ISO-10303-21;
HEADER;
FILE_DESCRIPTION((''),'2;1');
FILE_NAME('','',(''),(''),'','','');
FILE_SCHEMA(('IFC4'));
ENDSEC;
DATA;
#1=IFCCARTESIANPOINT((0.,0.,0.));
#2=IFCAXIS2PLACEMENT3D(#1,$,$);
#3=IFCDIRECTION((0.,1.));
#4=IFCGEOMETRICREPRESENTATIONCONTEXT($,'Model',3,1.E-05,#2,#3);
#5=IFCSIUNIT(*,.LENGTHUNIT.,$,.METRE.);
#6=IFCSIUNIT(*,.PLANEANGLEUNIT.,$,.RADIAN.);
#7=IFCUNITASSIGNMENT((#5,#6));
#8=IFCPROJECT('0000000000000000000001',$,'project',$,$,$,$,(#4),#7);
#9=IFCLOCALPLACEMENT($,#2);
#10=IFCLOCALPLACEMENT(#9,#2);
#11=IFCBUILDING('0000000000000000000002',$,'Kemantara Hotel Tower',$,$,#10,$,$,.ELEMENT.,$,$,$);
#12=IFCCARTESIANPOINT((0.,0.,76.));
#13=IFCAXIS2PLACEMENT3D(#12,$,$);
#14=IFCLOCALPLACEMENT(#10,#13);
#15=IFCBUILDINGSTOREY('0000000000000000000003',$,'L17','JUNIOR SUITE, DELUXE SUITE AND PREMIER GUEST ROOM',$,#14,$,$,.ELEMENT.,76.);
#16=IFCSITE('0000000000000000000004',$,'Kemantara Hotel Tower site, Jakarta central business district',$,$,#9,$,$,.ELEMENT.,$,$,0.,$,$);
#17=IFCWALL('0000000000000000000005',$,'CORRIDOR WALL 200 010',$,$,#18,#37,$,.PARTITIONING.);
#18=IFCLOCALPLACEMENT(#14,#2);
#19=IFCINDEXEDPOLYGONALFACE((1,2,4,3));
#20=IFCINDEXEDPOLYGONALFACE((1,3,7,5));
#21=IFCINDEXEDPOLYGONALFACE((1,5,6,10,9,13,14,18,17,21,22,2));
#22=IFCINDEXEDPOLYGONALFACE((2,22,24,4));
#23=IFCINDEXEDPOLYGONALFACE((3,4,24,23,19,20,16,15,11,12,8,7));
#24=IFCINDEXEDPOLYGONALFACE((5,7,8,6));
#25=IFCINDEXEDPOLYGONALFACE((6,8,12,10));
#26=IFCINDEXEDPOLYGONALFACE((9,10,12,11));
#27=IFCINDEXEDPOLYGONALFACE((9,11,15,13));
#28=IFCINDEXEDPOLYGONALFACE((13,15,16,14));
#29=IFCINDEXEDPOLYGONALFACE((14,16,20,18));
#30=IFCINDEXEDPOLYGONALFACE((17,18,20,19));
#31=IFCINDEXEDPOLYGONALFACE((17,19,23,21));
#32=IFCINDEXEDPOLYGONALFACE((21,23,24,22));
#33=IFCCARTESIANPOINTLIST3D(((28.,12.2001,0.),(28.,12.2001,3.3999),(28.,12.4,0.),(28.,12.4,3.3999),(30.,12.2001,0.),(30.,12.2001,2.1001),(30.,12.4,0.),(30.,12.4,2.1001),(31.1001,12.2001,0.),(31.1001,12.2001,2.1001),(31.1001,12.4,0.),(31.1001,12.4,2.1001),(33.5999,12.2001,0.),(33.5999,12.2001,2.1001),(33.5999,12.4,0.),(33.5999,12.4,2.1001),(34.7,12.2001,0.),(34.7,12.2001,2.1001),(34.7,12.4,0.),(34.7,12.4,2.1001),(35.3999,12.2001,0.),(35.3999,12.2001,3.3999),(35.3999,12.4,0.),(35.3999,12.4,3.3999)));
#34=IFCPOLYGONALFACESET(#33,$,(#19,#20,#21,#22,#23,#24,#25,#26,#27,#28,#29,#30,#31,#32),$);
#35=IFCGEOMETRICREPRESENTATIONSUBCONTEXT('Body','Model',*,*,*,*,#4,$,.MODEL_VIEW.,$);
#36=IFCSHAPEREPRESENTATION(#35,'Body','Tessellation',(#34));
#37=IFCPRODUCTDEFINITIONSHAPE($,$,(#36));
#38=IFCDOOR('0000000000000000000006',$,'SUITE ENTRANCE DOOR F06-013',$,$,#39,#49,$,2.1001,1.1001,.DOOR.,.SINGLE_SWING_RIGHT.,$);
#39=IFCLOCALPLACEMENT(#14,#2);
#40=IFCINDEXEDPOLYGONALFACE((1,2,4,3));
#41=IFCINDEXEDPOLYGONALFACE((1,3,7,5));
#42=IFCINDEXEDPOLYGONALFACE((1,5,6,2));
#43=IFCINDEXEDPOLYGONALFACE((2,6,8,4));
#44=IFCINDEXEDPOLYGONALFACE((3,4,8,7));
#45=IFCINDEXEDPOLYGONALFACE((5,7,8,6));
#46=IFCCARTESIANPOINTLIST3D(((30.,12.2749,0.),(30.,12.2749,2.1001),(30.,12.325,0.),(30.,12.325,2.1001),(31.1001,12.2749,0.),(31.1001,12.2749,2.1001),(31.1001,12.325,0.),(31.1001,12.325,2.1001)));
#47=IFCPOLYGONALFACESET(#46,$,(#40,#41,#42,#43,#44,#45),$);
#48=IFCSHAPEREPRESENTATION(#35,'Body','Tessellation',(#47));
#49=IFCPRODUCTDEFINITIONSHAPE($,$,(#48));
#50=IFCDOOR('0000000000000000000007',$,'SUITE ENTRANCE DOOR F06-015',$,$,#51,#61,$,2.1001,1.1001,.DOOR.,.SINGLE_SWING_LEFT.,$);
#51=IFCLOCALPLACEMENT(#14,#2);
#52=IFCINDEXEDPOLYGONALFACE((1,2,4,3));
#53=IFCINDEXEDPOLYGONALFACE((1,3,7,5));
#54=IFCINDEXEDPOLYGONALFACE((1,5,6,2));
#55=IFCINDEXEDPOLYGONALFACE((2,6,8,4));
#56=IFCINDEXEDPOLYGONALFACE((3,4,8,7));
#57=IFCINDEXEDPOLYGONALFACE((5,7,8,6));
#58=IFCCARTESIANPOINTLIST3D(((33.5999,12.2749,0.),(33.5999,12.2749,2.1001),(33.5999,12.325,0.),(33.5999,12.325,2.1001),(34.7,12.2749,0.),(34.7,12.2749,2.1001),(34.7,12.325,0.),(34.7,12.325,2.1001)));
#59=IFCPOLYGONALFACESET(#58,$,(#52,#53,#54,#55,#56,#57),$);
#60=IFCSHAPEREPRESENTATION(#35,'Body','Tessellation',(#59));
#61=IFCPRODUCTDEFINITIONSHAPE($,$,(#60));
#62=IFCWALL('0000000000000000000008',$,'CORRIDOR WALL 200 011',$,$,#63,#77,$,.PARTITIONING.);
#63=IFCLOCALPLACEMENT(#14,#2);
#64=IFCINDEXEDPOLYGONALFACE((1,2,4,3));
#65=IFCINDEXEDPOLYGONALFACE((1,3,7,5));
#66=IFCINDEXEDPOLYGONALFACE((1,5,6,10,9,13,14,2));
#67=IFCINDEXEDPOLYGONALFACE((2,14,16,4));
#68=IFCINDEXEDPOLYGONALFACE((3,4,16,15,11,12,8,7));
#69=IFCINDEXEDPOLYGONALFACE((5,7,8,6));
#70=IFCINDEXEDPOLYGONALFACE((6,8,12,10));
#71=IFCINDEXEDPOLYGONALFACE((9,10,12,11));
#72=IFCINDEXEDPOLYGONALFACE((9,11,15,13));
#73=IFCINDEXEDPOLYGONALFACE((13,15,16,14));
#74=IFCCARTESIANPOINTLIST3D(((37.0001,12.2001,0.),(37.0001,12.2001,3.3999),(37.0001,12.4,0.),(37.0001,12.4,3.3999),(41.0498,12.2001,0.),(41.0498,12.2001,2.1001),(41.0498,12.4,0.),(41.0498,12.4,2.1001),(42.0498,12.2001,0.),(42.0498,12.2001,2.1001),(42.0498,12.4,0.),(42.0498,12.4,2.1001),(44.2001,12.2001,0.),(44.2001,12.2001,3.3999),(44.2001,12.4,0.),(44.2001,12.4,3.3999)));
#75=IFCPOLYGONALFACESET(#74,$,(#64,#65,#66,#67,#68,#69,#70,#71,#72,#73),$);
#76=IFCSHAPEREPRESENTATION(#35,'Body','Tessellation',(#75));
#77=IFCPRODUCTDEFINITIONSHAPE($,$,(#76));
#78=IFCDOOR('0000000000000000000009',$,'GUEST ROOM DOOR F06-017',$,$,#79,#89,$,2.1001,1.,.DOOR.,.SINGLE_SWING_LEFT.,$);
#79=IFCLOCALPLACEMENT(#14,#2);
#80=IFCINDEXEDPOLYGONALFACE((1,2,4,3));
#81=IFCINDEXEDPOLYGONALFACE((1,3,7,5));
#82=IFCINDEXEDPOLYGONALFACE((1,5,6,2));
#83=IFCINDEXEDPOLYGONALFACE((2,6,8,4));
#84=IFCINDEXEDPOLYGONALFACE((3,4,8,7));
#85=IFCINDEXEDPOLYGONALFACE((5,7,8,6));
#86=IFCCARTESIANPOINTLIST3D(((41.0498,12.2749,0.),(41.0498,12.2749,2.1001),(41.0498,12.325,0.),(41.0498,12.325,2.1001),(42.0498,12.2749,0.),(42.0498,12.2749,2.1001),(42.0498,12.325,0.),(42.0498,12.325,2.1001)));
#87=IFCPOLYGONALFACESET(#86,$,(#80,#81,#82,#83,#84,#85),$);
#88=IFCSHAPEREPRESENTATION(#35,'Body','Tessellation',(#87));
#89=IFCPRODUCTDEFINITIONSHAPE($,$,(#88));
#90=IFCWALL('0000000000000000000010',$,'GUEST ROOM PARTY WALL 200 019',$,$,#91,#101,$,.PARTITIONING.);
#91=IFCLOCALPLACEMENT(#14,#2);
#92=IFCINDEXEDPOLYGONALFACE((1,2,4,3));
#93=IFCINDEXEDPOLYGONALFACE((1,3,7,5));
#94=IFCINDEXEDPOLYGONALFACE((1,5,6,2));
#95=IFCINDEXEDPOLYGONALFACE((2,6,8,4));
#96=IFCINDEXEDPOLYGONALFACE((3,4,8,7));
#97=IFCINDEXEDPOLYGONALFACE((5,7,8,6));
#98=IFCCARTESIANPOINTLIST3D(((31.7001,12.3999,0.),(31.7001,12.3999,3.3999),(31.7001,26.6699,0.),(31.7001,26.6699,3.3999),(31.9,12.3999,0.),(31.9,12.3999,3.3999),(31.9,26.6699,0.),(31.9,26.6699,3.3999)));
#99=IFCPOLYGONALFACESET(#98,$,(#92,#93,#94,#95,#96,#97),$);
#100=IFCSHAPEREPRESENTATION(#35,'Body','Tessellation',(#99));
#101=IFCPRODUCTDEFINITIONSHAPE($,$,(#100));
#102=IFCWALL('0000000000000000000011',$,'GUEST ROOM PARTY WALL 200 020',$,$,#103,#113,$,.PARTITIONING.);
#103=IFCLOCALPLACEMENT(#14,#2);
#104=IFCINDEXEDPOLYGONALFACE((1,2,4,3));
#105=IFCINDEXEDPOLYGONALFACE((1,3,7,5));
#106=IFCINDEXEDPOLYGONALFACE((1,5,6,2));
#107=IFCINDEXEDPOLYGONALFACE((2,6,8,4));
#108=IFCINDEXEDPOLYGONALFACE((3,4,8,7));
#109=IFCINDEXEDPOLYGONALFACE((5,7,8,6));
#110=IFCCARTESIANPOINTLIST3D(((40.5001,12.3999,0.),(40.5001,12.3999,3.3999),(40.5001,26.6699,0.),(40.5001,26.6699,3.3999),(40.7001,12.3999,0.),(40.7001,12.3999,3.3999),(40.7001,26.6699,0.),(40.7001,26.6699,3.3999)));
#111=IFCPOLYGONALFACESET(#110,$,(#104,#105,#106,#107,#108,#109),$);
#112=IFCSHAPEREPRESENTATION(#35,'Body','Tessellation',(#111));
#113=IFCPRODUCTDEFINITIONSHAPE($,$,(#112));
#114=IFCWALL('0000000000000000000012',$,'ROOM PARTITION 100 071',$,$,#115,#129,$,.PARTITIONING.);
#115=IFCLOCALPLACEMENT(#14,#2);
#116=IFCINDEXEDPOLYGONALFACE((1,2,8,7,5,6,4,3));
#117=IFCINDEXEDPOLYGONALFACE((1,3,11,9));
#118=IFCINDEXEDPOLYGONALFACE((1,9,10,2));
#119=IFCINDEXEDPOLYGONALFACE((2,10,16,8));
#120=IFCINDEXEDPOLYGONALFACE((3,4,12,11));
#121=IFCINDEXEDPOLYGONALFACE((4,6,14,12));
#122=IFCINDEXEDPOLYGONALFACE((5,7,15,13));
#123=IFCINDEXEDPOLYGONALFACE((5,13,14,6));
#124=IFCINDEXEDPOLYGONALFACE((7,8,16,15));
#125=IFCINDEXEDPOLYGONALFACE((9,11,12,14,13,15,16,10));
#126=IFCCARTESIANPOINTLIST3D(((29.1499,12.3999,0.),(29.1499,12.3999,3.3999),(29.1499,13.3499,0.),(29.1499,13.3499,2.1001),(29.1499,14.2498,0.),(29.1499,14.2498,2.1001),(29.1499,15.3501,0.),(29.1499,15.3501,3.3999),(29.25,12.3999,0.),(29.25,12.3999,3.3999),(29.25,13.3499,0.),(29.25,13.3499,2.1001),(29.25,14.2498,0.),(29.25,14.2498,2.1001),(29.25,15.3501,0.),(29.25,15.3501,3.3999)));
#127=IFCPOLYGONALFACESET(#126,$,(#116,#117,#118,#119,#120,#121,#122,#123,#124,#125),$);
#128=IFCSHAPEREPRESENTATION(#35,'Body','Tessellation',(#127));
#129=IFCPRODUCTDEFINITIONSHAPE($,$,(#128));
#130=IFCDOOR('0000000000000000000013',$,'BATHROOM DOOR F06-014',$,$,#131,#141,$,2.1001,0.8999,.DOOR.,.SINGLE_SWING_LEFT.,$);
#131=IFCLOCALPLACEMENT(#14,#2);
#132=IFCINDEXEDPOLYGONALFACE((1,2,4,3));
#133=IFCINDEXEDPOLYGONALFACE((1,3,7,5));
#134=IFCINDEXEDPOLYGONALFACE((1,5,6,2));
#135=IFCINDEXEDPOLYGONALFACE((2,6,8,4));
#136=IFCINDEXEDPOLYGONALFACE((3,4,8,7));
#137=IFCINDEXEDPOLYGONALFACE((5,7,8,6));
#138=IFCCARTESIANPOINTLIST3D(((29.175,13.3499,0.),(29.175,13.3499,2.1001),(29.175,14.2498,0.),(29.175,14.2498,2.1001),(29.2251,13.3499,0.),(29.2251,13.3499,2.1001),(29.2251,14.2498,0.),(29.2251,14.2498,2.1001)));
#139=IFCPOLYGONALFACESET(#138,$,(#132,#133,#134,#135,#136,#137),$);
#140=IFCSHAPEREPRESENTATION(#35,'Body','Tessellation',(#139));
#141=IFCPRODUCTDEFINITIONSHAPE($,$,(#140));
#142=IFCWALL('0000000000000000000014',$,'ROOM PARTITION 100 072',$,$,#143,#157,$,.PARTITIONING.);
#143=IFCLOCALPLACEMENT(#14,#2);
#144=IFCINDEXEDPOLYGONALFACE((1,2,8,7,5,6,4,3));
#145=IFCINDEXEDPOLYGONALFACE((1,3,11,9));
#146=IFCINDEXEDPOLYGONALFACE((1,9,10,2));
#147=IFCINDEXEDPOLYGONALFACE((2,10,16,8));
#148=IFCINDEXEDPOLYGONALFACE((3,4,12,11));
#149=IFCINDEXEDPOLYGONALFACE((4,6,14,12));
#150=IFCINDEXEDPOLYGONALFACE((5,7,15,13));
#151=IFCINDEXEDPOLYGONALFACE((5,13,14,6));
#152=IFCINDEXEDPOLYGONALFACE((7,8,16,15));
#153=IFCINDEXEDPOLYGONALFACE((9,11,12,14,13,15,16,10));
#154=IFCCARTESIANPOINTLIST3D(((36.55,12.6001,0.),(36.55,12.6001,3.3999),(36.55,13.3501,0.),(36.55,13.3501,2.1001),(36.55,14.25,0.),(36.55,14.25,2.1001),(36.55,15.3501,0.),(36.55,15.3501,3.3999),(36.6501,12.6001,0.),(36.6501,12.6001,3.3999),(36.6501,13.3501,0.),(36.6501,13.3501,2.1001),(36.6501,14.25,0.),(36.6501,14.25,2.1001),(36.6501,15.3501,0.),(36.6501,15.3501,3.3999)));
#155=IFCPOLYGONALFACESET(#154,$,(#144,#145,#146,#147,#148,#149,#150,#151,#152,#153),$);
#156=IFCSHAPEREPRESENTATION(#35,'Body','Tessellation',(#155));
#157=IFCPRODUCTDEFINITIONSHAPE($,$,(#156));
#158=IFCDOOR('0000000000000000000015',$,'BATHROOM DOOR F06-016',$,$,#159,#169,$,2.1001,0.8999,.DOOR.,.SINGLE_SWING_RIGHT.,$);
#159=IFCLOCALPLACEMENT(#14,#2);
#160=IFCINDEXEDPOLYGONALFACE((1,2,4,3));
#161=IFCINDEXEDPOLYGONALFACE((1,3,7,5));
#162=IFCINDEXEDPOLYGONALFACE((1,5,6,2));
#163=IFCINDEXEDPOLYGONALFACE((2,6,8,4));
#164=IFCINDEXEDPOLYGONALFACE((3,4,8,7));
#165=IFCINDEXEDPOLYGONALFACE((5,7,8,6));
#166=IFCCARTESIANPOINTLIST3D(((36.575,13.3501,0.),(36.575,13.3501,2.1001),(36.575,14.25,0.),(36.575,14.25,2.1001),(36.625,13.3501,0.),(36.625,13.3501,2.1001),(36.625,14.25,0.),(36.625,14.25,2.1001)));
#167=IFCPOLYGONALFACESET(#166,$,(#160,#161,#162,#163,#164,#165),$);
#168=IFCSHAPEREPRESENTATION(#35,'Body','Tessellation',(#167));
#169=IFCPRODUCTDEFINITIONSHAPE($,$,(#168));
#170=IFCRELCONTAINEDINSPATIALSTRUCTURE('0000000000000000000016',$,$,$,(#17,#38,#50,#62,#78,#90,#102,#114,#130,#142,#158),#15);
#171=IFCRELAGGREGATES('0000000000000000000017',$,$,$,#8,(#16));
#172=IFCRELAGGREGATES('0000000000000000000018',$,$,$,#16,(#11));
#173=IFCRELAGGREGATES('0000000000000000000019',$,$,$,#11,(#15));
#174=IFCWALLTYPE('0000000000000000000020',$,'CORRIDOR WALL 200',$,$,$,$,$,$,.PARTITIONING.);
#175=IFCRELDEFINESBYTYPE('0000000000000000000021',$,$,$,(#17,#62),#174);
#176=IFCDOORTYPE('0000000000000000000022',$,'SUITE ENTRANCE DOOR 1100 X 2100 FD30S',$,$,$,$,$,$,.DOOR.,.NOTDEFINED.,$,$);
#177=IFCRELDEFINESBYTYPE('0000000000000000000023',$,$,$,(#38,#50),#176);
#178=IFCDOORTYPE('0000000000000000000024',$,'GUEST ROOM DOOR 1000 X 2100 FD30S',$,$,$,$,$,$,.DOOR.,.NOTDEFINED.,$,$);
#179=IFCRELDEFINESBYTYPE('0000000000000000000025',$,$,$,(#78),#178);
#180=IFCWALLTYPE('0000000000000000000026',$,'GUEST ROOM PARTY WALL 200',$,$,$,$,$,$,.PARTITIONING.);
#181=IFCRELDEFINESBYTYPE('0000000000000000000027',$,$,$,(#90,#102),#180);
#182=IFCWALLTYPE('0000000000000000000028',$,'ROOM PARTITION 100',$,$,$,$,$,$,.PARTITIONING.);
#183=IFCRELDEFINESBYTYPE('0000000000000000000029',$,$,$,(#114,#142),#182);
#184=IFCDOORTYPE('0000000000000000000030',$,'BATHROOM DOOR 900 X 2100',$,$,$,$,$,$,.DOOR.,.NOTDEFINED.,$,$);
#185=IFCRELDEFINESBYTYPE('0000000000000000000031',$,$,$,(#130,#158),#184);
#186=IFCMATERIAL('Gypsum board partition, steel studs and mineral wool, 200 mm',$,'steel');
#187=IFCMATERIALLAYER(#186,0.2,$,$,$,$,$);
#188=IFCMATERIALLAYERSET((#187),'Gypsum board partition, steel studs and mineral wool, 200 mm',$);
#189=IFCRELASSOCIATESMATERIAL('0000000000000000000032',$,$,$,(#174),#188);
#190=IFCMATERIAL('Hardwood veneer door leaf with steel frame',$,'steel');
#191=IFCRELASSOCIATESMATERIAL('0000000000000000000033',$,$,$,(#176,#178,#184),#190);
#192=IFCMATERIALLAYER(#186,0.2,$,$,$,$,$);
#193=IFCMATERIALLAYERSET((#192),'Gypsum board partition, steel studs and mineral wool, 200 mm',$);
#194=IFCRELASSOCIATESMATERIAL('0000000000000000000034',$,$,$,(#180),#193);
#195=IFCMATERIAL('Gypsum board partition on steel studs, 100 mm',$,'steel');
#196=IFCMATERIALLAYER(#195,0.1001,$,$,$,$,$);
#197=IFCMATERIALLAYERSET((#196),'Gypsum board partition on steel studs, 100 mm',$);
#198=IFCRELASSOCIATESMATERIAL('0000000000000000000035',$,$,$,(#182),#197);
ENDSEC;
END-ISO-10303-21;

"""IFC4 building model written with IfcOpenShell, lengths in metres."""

from ifc_helpers import new_model, si_unit, direction, frame, frame_2d, origin, place, context, subcontext, project, spatial, rectangle, extrude, material, layer, layer_set, type_object, element, fill, save


model = new_model("IFC4")

# Units and contexts
model_context = context("Model", 3, precision=1e-05, world=origin(), true_north=direction((0.0, 1.0)))
body_context = subcontext(model_context, "Body", "Model", "MODEL_VIEW")
ifc_project = project(units=[si_unit("LENGTHUNIT", "METRE"), si_unit("PLANEANGLEUNIT", "RADIAN")], contexts=[model_context])

# Site, building, storey
site_placement = place(None, origin())
site = spatial("IfcSite", under=ifc_project, at=site_placement, Name="Kemantara Hotel Tower site, Jakarta central business district", CompositionType="ELEMENT", RefElevation=0.0)
building_placement = place(site_placement, origin())
building = spatial("IfcBuilding", under=site, at=building_placement, Name="Kemantara Hotel Tower", CompositionType="ELEMENT")
storey_placement = place(building_placement, frame((0.0, 0.0, 76.0)))
storey = spatial("IfcBuildingStorey", under=building, at=storey_placement, Name="L17", Description="JUNIOR SUITE, DELUXE SUITE AND PREMIER GUEST ROOM", CompositionType="ELEMENT", Elevation=76.0)

# Wall, openings, doors
ifc_material_1 = material(Name="Gypsum board partition, steel studs and mineral wool, 200 mm", Category="steel")
ifc_layer_1 = layer(ifc_material_1, 0.2)
ifc_layer_set_1 = layer_set([ifc_layer_1], Name="Gypsum board partition, steel studs and mineral wool, 200 mm")
wall_type_1 = type_object("IfcWallType", Name="CORRIDOR WALL 200", PredefinedType="PARTITIONING", material=ifc_layer_set_1)
wall_1_placement = place(storey_placement, frame((28.0, 12.3, 0.0), z_axis=(0.0, 0.0, 1.0), x_axis=(1.0, 0.0, 0.0)))
wall_1 = element("IfcWall", 1, at=wall_1_placement, inside=storey, type_object=wall_type_1, Name="CORRIDOR WALL 200 010", PredefinedType="PARTITIONING", context=body_context, shape_type="SweptSolid", body=[
    extrude(rectangle(XDim=7.3999, YDim=0.2, at=frame_2d((3.7, 0.0))), origin(), (0.0, 0.0, 1.0), 3.3999),
])
opening_1_placement = place(wall_1_placement, frame((2.0, 0.0, 0.0)))
opening_1 = element("IfcOpeningElement", 2, at=opening_1_placement, cuts=wall_1, PredefinedType="OPENING", context=body_context, shape_type="SweptSolid", body=[
    extrude(rectangle(XDim=1.1001, YDim=2.1001, at=frame_2d((0.55, 1.05))), frame((0.0, 0.1099, 0.0), z_axis=(0.0, -1.0, 0.0), x_axis=(1.0, 0.0, 0.0)), (0.0, 0.0, 1.0), 0.22),
])
opening_2_placement = place(wall_1_placement, frame((5.5999, 0.0, 0.0)))
opening_2 = element("IfcOpeningElement", 3, at=opening_2_placement, cuts=wall_1, PredefinedType="OPENING", context=body_context, shape_type="SweptSolid", body=[
    extrude(rectangle(XDim=1.1001, YDim=2.1001, at=frame_2d((0.55, 1.05))), frame((0.0, 0.1099, 0.0), z_axis=(0.0, -1.0, 0.0), x_axis=(1.0, 0.0, 0.0)), (0.0, 0.0, 1.0), 0.22),
])
ifc_material_2 = material(Name="Hardwood veneer door leaf with steel frame", Category="steel")
door_type_1 = type_object("IfcDoorType", Name="SUITE ENTRANCE DOOR 1100 X 2100 FD30S", OperationType="NOTDEFINED", PredefinedType="DOOR", material=ifc_material_2)
door_1_placement = place(opening_1_placement, origin())
door_1 = element("IfcDoor", 4, at=door_1_placement, inside=storey, type_object=door_type_1, Name="SUITE ENTRANCE DOOR F06-013", OperationType="SINGLE_SWING_RIGHT", OverallHeight=2.1001, OverallWidth=1.1001, PredefinedType="DOOR", context=body_context, shape_type="SweptSolid", body=[
    extrude(rectangle(XDim=1.1001, YDim=2.1001, at=frame_2d((0.55, 1.05))), frame((0.0, 0.0249, 0.0), z_axis=(0.0, -1.0, 0.0), x_axis=(1.0, 0.0, 0.0)), (0.0, 0.0, 1.0), 0.05),
])
fill(opening_1, door_1)
door_2_placement = place(opening_2_placement, origin())
door_2 = element("IfcDoor", 5, at=door_2_placement, inside=storey, type_object=door_type_1, Name="SUITE ENTRANCE DOOR F06-015", OperationType="SINGLE_SWING_LEFT", OverallHeight=2.1001, OverallWidth=1.1001, PredefinedType="DOOR", context=body_context, shape_type="SweptSolid", body=[
    extrude(rectangle(XDim=1.1001, YDim=2.1001, at=frame_2d((0.55, 1.05))), frame((0.0, 0.0249, 0.0), z_axis=(0.0, -1.0, 0.0), x_axis=(1.0, 0.0, 0.0)), (0.0, 0.0, 1.0), 0.05),
])
fill(opening_2, door_2)

# Wall, opening, door
wall_2_placement = place(storey_placement, frame((37.0, 12.3, 0.0), z_axis=(0.0, 0.0, 1.0), x_axis=(1.0, 0.0, 0.0)))
wall_2 = element("IfcWall", 6, at=wall_2_placement, inside=storey, type_object=wall_type_1, Name="CORRIDOR WALL 200 011", PredefinedType="PARTITIONING", context=body_context, shape_type="SweptSolid", body=[
    extrude(rectangle(XDim=7.2, YDim=0.2, at=frame_2d((3.6001, 0.0))), origin(), (0.0, 0.0, 1.0), 3.3999),
])
opening_3_placement = place(wall_2_placement, frame((4.0498, 0.0, 0.0)))
opening_3 = element("IfcOpeningElement", 7, at=opening_3_placement, cuts=wall_2, PredefinedType="OPENING", context=body_context, shape_type="SweptSolid", body=[
    extrude(rectangle(XDim=1.0, YDim=2.1001, at=frame_2d((0.5, 1.05))), frame((0.0, 0.1099, 0.0), z_axis=(0.0, -1.0, 0.0), x_axis=(1.0, 0.0, 0.0)), (0.0, 0.0, 1.0), 0.22),
])
door_type_2 = type_object("IfcDoorType", Name="GUEST ROOM DOOR 1000 X 2100 FD30S", OperationType="NOTDEFINED", PredefinedType="DOOR", material=ifc_material_2)
door_3_placement = place(opening_3_placement, origin())
door_3 = element("IfcDoor", 8, at=door_3_placement, inside=storey, type_object=door_type_2, Name="GUEST ROOM DOOR F06-017", OperationType="SINGLE_SWING_LEFT", OverallHeight=2.1001, OverallWidth=1.0, PredefinedType="DOOR", context=body_context, shape_type="SweptSolid", body=[
    extrude(rectangle(XDim=1.0, YDim=2.1001, at=frame_2d((0.5, 1.05))), frame((0.0, 0.0249, 0.0), z_axis=(0.0, -1.0, 0.0), x_axis=(1.0, 0.0, 0.0)), (0.0, 0.0, 1.0), 0.05),
])
fill(opening_3, door_3)

# Walls
ifc_layer_2 = layer(ifc_material_1, 0.2)
ifc_layer_set_2 = layer_set([ifc_layer_2], Name="Gypsum board partition, steel studs and mineral wool, 200 mm")
wall_type_2 = type_object("IfcWallType", Name="GUEST ROOM PARTY WALL 200", PredefinedType="PARTITIONING", material=ifc_layer_set_2)
for number, where, z_axis, x_axis, name in (
    (9, (31.8, 12.3999, 0.0), (0.0, 0.0, 1.0), (0.0, 1.0, 0.0), "GUEST ROOM PARTY WALL 200 019"),
    (10, (40.6001, 12.3999, 0.0), (0.0, 0.0, 1.0), (0.0, 1.0, 0.0), "GUEST ROOM PARTY WALL 200 020"),
):
    element("IfcWall", number, at=place(storey_placement, frame(where, z_axis=z_axis, x_axis=x_axis)), inside=storey, type_object=wall_type_2, Name=name, PredefinedType="PARTITIONING", context=body_context, shape_type="SweptSolid", body=[
        extrude(rectangle(XDim=14.27, YDim=0.2, at=frame_2d((7.135, 0.0))), origin(), (0.0, 0.0, 1.0), 3.3999),
    ])

# Walls, openings, doors
ifc_material_3 = material(Name="Gypsum board partition on steel studs, 100 mm", Category="steel")
ifc_layer_3 = layer(ifc_material_3, 0.1001)
ifc_layer_set_3 = layer_set([ifc_layer_3], Name="Gypsum board partition on steel studs, 100 mm")
wall_type_3 = type_object("IfcWallType", Name="ROOM PARTITION 100", PredefinedType="PARTITIONING", material=ifc_layer_set_3)
wall_3_placement = place(storey_placement, frame((29.2, 12.3999, 0.0), z_axis=(0.0, 0.0, 1.0), x_axis=(0.0, 1.0, 0.0)))
wall_3 = element("IfcWall", 11, at=wall_3_placement, inside=storey, type_object=wall_type_3, Name="ROOM PARTITION 100 071", PredefinedType="PARTITIONING", context=body_context, shape_type="SweptSolid", body=[
    extrude(rectangle(XDim=2.9502, YDim=0.1001, at=frame_2d((1.4751, 0.0))), origin(), (0.0, 0.0, 1.0), 3.3999),
])
opening_4_placement = place(wall_3_placement, frame((0.95, 0.0, 0.0)))
opening_4 = element("IfcOpeningElement", 12, at=opening_4_placement, cuts=wall_3, PredefinedType="OPENING", context=body_context, shape_type="SweptSolid", body=[
    extrude(rectangle(XDim=0.8999, YDim=2.1001, at=frame_2d((0.45, 1.05))), frame((0.0, 0.0601, 0.0), z_axis=(0.0, -1.0, 0.0), x_axis=(1.0, 0.0, 0.0)), (0.0, 0.0, 1.0), 0.1201),
])
door_type_3 = type_object("IfcDoorType", Name="BATHROOM DOOR 900 X 2100", OperationType="NOTDEFINED", PredefinedType="DOOR", material=ifc_material_2)
door_4_placement = place(opening_4_placement, origin())
door_4 = element("IfcDoor", 13, at=door_4_placement, inside=storey, type_object=door_type_3, Name="BATHROOM DOOR F06-014", OperationType="SINGLE_SWING_LEFT", OverallHeight=2.1001, OverallWidth=0.8999, PredefinedType="DOOR", context=body_context, shape_type="SweptSolid", body=[
    extrude(rectangle(XDim=0.8999, YDim=2.1001, at=frame_2d((0.45, 1.05))), frame((0.0, 0.0249, 0.0), z_axis=(0.0, -1.0, 0.0), x_axis=(1.0, 0.0, 0.0)), (0.0, 0.0, 1.0), 0.05),
])
fill(opening_4, door_4)
wall_4_placement = place(storey_placement, frame((36.6001, 15.3501, 0.0), z_axis=(0.0, 0.0, 1.0), x_axis=(0.0, -1.0, 0.0)))
wall_4 = element("IfcWall", 14, at=wall_4_placement, inside=storey, type_object=wall_type_3, Name="ROOM PARTITION 100 072", PredefinedType="PARTITIONING", context=body_context, shape_type="SweptSolid", body=[
    extrude(rectangle(XDim=2.75, YDim=0.1001, at=frame_2d((1.375, 0.0))), origin(), (0.0, 0.0, 1.0), 3.3999),
])
opening_5_placement = place(wall_4_placement, frame((1.1001, 0.0, 0.0)))
opening_5 = element("IfcOpeningElement", 15, at=opening_5_placement, cuts=wall_4, PredefinedType="OPENING", context=body_context, shape_type="SweptSolid", body=[
    extrude(rectangle(XDim=0.8999, YDim=2.1001, at=frame_2d((0.45, 1.05))), frame((0.0, 0.0601, 0.0), z_axis=(0.0, -1.0, 0.0), x_axis=(1.0, 0.0, 0.0)), (0.0, 0.0, 1.0), 0.1201),
])
door_5_placement = place(opening_5_placement, origin())
door_5 = element("IfcDoor", 16, at=door_5_placement, inside=storey, type_object=door_type_3, Name="BATHROOM DOOR F06-016", OperationType="SINGLE_SWING_RIGHT", OverallHeight=2.1001, OverallWidth=0.8999, PredefinedType="DOOR", context=body_context, shape_type="SweptSolid", body=[
    extrude(rectangle(XDim=0.8999, YDim=2.1001, at=frame_2d((0.45, 1.05))), frame((0.0, 0.0249, 0.0), z_axis=(0.0, -1.0, 0.0), x_axis=(1.0, 0.0, 0.0)), (0.0, 0.0, 1.0), 0.05),
])
fill(opening_5, door_5)

save(model, "model.ifc")
